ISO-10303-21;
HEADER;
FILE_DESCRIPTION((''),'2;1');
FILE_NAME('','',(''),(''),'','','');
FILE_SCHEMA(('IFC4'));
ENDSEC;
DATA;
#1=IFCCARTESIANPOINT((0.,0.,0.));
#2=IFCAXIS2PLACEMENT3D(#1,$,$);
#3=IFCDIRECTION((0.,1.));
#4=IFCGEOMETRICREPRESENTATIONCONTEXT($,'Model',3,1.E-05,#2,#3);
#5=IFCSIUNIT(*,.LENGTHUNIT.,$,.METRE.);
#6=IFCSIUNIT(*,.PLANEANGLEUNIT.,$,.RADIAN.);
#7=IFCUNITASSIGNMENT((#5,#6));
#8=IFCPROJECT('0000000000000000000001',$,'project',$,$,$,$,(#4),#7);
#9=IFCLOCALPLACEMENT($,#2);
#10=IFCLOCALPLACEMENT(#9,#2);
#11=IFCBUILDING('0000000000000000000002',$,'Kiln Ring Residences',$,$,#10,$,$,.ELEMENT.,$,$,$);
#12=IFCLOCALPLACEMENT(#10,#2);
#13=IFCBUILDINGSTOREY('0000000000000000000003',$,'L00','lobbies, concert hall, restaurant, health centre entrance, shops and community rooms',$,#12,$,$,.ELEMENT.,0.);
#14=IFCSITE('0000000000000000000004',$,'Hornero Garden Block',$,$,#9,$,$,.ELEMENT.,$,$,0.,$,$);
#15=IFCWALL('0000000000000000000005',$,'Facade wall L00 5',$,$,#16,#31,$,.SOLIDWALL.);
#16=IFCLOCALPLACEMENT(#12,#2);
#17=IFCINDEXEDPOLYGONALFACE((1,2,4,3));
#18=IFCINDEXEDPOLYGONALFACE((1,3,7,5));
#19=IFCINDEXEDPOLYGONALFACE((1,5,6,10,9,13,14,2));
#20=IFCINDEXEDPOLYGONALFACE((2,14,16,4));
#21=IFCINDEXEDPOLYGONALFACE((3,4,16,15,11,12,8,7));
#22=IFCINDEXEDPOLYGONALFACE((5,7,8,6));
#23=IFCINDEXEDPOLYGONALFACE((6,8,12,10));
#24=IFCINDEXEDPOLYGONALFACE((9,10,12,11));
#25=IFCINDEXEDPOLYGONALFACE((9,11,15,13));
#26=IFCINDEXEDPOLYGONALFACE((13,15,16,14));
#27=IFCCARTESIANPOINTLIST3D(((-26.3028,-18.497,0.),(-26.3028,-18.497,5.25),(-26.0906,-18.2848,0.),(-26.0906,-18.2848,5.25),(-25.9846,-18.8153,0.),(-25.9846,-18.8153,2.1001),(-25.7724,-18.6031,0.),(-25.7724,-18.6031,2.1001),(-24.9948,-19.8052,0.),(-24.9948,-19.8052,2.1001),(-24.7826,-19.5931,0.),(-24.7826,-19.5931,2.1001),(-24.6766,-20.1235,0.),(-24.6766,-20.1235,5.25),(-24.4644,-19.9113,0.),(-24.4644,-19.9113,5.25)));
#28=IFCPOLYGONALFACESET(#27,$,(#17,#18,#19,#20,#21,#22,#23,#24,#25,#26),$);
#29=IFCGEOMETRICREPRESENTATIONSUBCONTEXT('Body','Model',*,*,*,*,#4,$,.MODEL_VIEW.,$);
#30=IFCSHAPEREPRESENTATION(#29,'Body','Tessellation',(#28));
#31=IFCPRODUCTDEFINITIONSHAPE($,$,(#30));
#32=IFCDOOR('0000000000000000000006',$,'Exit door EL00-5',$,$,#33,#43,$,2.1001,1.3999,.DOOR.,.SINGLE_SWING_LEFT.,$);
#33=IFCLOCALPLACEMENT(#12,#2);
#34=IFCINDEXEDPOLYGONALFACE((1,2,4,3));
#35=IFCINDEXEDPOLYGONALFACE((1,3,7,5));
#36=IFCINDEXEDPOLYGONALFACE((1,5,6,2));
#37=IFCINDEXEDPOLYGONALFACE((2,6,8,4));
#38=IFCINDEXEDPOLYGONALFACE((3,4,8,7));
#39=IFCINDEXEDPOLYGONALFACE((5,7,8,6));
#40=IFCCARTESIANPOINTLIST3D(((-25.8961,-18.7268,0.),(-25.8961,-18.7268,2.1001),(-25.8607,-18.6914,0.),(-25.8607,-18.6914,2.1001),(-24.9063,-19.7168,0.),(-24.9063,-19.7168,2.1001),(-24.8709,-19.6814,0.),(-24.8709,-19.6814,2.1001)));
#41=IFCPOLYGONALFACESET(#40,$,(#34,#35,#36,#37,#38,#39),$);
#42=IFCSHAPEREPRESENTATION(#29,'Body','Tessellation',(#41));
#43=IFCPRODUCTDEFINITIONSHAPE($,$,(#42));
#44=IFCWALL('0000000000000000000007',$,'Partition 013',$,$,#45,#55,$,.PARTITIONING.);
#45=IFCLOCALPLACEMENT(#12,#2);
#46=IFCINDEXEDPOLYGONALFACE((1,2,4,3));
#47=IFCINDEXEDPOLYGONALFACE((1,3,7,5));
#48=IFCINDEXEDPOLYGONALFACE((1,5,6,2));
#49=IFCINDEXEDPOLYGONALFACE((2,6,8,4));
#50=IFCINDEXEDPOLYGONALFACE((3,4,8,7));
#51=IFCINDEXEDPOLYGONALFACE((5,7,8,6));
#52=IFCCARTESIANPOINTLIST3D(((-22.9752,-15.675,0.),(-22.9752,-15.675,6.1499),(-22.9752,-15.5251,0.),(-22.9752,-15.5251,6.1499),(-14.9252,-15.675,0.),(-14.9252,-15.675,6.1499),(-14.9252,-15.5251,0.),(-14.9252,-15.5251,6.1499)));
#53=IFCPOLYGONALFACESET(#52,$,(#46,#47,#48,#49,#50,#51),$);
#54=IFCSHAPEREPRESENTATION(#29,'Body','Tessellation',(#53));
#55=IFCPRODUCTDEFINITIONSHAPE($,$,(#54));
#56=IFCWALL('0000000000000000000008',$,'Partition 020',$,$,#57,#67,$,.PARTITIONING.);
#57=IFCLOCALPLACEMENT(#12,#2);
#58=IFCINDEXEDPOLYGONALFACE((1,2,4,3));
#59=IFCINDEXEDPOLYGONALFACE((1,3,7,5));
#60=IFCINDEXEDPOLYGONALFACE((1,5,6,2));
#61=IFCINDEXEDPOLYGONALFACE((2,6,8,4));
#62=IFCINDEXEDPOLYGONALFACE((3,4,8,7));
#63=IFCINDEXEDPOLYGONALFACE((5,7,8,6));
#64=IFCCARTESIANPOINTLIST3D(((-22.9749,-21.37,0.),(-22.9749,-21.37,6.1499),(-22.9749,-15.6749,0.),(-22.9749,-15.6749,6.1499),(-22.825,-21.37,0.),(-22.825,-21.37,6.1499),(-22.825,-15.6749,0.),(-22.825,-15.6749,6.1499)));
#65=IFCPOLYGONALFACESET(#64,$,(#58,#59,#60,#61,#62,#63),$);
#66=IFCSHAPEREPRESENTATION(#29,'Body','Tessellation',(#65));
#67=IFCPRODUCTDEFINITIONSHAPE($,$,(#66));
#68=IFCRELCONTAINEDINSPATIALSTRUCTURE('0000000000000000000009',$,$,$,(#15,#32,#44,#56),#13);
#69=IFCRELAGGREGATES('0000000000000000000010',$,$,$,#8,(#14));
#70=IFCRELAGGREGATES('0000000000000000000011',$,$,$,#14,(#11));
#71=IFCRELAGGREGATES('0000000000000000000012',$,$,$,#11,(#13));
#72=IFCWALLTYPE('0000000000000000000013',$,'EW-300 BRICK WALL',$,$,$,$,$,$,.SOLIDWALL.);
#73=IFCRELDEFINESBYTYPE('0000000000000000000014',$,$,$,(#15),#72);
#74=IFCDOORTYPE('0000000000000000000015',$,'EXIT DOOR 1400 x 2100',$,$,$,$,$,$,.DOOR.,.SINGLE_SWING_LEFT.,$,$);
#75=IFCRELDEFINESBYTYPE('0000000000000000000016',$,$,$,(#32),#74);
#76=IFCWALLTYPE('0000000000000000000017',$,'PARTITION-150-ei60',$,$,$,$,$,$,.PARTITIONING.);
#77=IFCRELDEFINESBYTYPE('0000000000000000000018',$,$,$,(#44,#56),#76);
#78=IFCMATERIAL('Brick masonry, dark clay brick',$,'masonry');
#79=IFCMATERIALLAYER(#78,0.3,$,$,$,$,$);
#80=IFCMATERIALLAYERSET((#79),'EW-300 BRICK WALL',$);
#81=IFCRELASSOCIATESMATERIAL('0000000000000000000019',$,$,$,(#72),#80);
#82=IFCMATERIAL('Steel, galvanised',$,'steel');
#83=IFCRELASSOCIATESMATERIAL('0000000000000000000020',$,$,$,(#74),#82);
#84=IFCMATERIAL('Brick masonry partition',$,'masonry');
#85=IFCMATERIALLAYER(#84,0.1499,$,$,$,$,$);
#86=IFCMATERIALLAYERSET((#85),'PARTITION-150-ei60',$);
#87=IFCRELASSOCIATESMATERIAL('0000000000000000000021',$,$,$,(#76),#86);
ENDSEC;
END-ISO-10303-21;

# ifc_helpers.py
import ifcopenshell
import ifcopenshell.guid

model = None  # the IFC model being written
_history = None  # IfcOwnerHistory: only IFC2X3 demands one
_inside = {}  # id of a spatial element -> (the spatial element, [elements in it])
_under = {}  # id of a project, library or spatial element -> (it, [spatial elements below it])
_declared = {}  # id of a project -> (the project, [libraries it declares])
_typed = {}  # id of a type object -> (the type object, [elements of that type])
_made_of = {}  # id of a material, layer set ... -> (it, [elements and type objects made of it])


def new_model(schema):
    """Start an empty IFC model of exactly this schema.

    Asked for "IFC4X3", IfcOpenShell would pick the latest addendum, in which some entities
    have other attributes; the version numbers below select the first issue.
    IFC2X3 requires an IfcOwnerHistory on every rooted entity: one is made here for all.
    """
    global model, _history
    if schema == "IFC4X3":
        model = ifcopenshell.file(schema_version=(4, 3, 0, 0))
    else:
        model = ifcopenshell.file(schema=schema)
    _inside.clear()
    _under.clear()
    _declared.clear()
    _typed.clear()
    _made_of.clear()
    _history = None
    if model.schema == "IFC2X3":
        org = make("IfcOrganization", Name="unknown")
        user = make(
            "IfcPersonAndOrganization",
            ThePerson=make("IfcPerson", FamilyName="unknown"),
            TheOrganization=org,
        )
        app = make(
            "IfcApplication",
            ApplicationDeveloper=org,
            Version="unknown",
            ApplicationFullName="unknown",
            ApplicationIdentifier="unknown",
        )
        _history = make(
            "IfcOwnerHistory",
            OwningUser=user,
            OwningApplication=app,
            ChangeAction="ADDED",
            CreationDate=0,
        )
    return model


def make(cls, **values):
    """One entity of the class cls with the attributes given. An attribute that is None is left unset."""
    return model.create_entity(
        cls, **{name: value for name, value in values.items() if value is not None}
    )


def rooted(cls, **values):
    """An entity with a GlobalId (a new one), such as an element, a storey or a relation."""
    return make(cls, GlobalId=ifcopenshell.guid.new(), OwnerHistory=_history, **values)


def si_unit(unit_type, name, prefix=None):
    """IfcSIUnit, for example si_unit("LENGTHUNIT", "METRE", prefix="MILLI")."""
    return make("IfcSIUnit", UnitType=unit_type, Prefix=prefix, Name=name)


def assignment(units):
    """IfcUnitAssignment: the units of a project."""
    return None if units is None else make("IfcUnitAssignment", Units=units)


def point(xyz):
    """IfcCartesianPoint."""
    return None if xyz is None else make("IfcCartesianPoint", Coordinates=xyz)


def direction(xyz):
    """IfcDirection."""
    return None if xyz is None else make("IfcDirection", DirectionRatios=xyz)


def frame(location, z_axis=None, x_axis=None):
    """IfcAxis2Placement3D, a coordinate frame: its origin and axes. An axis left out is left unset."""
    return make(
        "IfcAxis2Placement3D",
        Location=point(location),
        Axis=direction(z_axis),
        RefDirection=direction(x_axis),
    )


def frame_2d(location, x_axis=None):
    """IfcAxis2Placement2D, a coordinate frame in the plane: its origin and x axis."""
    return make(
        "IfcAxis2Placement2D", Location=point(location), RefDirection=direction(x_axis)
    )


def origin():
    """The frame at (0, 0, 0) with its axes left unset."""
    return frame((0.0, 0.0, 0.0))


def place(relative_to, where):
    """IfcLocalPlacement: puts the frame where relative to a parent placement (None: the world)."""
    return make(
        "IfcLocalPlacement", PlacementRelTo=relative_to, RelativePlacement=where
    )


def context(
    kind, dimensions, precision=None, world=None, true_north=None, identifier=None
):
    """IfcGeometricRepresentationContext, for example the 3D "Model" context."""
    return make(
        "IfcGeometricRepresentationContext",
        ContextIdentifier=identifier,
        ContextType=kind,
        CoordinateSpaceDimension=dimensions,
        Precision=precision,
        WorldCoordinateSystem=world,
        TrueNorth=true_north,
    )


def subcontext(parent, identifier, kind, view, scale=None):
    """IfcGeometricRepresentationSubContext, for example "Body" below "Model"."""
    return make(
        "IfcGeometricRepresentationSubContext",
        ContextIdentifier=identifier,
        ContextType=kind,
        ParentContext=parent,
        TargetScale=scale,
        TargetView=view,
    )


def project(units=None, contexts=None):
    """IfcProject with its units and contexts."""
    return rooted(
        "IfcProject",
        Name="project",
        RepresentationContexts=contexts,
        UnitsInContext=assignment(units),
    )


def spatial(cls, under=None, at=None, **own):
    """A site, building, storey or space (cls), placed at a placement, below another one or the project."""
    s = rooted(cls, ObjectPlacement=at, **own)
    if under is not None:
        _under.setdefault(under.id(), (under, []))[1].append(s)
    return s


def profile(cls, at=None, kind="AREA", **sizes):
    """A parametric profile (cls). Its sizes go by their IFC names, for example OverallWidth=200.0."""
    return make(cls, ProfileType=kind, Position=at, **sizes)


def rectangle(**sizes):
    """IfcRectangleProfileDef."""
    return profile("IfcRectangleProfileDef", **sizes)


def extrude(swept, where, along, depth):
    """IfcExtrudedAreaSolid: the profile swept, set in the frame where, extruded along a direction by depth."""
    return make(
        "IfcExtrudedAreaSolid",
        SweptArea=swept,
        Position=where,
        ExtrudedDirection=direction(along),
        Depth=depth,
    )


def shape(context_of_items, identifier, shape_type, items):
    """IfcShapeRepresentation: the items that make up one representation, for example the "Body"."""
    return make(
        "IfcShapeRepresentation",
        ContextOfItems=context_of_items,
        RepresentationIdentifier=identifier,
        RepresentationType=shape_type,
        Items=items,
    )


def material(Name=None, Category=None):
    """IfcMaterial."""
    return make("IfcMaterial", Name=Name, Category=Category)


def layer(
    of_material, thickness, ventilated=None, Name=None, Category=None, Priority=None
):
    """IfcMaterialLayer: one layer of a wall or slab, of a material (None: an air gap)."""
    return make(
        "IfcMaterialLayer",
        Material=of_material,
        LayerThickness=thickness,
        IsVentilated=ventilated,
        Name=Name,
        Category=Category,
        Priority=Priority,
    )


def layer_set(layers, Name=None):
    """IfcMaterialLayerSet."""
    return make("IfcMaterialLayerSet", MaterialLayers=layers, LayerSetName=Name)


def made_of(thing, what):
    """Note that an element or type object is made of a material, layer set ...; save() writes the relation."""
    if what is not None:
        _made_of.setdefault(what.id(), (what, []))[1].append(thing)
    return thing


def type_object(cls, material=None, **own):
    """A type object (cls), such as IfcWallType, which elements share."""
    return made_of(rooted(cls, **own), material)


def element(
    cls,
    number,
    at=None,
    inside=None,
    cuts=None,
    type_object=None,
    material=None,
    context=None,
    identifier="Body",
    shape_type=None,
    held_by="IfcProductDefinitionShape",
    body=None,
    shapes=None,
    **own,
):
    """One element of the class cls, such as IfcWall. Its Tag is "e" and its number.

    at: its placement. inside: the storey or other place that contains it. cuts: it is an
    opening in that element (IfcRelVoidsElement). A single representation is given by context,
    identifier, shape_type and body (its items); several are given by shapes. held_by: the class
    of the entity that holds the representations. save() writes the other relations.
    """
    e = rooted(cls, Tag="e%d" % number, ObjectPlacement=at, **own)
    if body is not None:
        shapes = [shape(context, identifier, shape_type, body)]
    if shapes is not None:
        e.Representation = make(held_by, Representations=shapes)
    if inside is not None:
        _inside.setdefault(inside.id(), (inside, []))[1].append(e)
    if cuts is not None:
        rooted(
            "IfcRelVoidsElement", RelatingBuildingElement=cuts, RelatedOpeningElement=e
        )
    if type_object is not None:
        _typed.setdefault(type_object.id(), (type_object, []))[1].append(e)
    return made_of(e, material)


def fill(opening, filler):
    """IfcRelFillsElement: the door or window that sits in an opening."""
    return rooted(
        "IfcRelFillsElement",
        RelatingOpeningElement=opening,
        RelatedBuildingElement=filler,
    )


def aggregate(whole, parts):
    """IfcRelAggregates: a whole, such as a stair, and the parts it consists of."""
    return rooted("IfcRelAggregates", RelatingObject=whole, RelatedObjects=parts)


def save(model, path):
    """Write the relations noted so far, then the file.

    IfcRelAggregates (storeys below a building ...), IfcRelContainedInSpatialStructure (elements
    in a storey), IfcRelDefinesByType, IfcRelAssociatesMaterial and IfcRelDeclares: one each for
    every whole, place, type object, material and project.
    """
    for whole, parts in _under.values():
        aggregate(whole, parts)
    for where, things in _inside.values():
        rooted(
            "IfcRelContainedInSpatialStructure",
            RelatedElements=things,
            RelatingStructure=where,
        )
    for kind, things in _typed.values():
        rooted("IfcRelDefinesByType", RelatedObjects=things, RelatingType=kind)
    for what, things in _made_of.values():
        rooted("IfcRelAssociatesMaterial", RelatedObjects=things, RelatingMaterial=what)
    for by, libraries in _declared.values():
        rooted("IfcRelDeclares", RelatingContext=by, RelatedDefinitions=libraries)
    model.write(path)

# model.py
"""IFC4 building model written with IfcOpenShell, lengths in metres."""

from ifc_helpers import new_model, si_unit, direction, frame, frame_2d, origin, place, context, subcontext, project, spatial, rectangle, extrude, material, layer, layer_set, type_object, element, fill, save


model = new_model("IFC4")

# Units and contexts
model_context = context("Model", 3, precision=1e-05, world=origin(), true_north=direction((0.0, 1.0)))
body_context = subcontext(model_context, "Body", "Model", "MODEL_VIEW")
ifc_project = project(units=[si_unit("LENGTHUNIT", "METRE"), si_unit("PLANEANGLEUNIT", "RADIAN")], contexts=[model_context])

# Site, building, storey
site_placement = place(None, origin())
site = spatial("IfcSite", under=ifc_project, at=site_placement, Name="Hornero Garden Block", CompositionType="ELEMENT", RefElevation=0.0)
building_placement = place(site_placement, origin())
building = spatial("IfcBuilding", under=site, at=building_placement, Name="Kiln Ring Residences", CompositionType="ELEMENT")
storey_placement = place(building_placement, origin())
storey = spatial("IfcBuildingStorey", under=building, at=storey_placement, Name="L00", Description="lobbies, concert hall, restaurant, health centre entrance, shops and community rooms", CompositionType="ELEMENT", Elevation=0.0)

# Wall, opening, door
ifc_material_1 = material(Name="Brick masonry, dark clay brick", Category="masonry")
ifc_layer_1 = layer(ifc_material_1, 0.3)
ifc_layer_set_1 = layer_set([ifc_layer_1], Name="EW-300 BRICK WALL")
wall_type_1 = type_object("IfcWallType", Name="EW-300 BRICK WALL", PredefinedType="SOLIDWALL", material=ifc_layer_set_1)
wall_1_placement = place(storey_placement, frame((-24.5706, -20.0173, 0.0), z_axis=(0.0, 0.0, 1.0), x_axis=(-0.707054, 0.70716, 0.0)))
wall_1 = element("IfcWall", 1, at=wall_1_placement, inside=storey, type_object=wall_type_1, Name="Facade wall L00 5", PredefinedType="SOLIDWALL", context=body_context, shape_type="SweptSolid", body=[
    extrude(rectangle(XDim=2.3, YDim=0.3, at=frame_2d((1.1499, 0.0))), origin(), (0.0, 0.0, 1.0), 5.25),
])
opening_placement = place(wall_1_placement, frame((0.45, 0.0, 0.0)))
opening = element("IfcOpeningElement", 2, at=opening_placement, cuts=wall_1, PredefinedType="OPENING", context=body_context, shape_type="SweptSolid", body=[
    extrude(rectangle(XDim=1.3999, YDim=2.1001, at=frame_2d((0.7, 1.05))), frame((0.0, 0.1599, 0.0), z_axis=(0.0, -1.0, 0.0), x_axis=(1.0, 0.0, 0.0)), (0.0, 0.0, 1.0), 0.3201),
])
ifc_material_2 = material(Name="Steel, galvanised", Category="steel")
door_type = type_object("IfcDoorType", Name="EXIT DOOR 1400 x 2100", OperationType="SINGLE_SWING_LEFT", PredefinedType="DOOR", material=ifc_material_2)
door_placement = place(opening_placement, origin())
door = element("IfcDoor", 3, at=door_placement, inside=storey, type_object=door_type, Name="Exit door EL00-5", OperationType="SINGLE_SWING_LEFT", OverallHeight=2.1001, OverallWidth=1.3999, PredefinedType="DOOR", context=body_context, shape_type="SweptSolid", body=[
    extrude(rectangle(XDim=1.3999, YDim=2.1001, at=frame_2d((0.7, 1.05))), frame((0.0, 0.0249, 0.0), z_axis=(0.0, -1.0, 0.0), x_axis=(1.0, 0.0, 0.0)), (0.0, 0.0, 1.0), 0.05),
])
fill(opening, door)

# Walls
ifc_material_3 = material(Name="Brick masonry partition", Category="masonry")
ifc_layer_2 = layer(ifc_material_3, 0.1499)
ifc_layer_set_2 = layer_set([ifc_layer_2], Name="PARTITION-150-ei60")
wall_type_2 = type_object("IfcWallType", Name="PARTITION-150-ei60", PredefinedType="PARTITIONING", material=ifc_layer_set_2)
wall_2_placement = place(storey_placement, frame((-22.9751, -15.6001, 0.0), z_axis=(0.0, 0.0, 1.0), x_axis=(1.0, 0.0, 0.0)))
element("IfcWall", 4, at=wall_2_placement, inside=storey, type_object=wall_type_2, Name="Partition 013", PredefinedType="PARTITIONING", context=body_context, shape_type="SweptSolid", body=[
    extrude(rectangle(XDim=8.05, YDim=0.1499, at=frame_2d((4.0249, 0.0))), origin(), (0.0, 0.0, 1.0), 6.1499),
])
wall_3_placement = place(storey_placement, frame((-22.8999, -21.3701, 0.0), z_axis=(0.0, 0.0, 1.0), x_axis=(0.0, 1.0, 0.0)))
element("IfcWall", 5, at=wall_3_placement, inside=storey, type_object=wall_type_2, Name="Partition 020", PredefinedType="PARTITIONING", context=body_context, shape_type="SweptSolid", body=[
    extrude(rectangle(XDim=5.6951, YDim=0.1499, at=frame_2d((2.8477, 0.0))), origin(), (0.0, 0.0, 1.0), 6.1499),
])

save(model, "model.ifc")
